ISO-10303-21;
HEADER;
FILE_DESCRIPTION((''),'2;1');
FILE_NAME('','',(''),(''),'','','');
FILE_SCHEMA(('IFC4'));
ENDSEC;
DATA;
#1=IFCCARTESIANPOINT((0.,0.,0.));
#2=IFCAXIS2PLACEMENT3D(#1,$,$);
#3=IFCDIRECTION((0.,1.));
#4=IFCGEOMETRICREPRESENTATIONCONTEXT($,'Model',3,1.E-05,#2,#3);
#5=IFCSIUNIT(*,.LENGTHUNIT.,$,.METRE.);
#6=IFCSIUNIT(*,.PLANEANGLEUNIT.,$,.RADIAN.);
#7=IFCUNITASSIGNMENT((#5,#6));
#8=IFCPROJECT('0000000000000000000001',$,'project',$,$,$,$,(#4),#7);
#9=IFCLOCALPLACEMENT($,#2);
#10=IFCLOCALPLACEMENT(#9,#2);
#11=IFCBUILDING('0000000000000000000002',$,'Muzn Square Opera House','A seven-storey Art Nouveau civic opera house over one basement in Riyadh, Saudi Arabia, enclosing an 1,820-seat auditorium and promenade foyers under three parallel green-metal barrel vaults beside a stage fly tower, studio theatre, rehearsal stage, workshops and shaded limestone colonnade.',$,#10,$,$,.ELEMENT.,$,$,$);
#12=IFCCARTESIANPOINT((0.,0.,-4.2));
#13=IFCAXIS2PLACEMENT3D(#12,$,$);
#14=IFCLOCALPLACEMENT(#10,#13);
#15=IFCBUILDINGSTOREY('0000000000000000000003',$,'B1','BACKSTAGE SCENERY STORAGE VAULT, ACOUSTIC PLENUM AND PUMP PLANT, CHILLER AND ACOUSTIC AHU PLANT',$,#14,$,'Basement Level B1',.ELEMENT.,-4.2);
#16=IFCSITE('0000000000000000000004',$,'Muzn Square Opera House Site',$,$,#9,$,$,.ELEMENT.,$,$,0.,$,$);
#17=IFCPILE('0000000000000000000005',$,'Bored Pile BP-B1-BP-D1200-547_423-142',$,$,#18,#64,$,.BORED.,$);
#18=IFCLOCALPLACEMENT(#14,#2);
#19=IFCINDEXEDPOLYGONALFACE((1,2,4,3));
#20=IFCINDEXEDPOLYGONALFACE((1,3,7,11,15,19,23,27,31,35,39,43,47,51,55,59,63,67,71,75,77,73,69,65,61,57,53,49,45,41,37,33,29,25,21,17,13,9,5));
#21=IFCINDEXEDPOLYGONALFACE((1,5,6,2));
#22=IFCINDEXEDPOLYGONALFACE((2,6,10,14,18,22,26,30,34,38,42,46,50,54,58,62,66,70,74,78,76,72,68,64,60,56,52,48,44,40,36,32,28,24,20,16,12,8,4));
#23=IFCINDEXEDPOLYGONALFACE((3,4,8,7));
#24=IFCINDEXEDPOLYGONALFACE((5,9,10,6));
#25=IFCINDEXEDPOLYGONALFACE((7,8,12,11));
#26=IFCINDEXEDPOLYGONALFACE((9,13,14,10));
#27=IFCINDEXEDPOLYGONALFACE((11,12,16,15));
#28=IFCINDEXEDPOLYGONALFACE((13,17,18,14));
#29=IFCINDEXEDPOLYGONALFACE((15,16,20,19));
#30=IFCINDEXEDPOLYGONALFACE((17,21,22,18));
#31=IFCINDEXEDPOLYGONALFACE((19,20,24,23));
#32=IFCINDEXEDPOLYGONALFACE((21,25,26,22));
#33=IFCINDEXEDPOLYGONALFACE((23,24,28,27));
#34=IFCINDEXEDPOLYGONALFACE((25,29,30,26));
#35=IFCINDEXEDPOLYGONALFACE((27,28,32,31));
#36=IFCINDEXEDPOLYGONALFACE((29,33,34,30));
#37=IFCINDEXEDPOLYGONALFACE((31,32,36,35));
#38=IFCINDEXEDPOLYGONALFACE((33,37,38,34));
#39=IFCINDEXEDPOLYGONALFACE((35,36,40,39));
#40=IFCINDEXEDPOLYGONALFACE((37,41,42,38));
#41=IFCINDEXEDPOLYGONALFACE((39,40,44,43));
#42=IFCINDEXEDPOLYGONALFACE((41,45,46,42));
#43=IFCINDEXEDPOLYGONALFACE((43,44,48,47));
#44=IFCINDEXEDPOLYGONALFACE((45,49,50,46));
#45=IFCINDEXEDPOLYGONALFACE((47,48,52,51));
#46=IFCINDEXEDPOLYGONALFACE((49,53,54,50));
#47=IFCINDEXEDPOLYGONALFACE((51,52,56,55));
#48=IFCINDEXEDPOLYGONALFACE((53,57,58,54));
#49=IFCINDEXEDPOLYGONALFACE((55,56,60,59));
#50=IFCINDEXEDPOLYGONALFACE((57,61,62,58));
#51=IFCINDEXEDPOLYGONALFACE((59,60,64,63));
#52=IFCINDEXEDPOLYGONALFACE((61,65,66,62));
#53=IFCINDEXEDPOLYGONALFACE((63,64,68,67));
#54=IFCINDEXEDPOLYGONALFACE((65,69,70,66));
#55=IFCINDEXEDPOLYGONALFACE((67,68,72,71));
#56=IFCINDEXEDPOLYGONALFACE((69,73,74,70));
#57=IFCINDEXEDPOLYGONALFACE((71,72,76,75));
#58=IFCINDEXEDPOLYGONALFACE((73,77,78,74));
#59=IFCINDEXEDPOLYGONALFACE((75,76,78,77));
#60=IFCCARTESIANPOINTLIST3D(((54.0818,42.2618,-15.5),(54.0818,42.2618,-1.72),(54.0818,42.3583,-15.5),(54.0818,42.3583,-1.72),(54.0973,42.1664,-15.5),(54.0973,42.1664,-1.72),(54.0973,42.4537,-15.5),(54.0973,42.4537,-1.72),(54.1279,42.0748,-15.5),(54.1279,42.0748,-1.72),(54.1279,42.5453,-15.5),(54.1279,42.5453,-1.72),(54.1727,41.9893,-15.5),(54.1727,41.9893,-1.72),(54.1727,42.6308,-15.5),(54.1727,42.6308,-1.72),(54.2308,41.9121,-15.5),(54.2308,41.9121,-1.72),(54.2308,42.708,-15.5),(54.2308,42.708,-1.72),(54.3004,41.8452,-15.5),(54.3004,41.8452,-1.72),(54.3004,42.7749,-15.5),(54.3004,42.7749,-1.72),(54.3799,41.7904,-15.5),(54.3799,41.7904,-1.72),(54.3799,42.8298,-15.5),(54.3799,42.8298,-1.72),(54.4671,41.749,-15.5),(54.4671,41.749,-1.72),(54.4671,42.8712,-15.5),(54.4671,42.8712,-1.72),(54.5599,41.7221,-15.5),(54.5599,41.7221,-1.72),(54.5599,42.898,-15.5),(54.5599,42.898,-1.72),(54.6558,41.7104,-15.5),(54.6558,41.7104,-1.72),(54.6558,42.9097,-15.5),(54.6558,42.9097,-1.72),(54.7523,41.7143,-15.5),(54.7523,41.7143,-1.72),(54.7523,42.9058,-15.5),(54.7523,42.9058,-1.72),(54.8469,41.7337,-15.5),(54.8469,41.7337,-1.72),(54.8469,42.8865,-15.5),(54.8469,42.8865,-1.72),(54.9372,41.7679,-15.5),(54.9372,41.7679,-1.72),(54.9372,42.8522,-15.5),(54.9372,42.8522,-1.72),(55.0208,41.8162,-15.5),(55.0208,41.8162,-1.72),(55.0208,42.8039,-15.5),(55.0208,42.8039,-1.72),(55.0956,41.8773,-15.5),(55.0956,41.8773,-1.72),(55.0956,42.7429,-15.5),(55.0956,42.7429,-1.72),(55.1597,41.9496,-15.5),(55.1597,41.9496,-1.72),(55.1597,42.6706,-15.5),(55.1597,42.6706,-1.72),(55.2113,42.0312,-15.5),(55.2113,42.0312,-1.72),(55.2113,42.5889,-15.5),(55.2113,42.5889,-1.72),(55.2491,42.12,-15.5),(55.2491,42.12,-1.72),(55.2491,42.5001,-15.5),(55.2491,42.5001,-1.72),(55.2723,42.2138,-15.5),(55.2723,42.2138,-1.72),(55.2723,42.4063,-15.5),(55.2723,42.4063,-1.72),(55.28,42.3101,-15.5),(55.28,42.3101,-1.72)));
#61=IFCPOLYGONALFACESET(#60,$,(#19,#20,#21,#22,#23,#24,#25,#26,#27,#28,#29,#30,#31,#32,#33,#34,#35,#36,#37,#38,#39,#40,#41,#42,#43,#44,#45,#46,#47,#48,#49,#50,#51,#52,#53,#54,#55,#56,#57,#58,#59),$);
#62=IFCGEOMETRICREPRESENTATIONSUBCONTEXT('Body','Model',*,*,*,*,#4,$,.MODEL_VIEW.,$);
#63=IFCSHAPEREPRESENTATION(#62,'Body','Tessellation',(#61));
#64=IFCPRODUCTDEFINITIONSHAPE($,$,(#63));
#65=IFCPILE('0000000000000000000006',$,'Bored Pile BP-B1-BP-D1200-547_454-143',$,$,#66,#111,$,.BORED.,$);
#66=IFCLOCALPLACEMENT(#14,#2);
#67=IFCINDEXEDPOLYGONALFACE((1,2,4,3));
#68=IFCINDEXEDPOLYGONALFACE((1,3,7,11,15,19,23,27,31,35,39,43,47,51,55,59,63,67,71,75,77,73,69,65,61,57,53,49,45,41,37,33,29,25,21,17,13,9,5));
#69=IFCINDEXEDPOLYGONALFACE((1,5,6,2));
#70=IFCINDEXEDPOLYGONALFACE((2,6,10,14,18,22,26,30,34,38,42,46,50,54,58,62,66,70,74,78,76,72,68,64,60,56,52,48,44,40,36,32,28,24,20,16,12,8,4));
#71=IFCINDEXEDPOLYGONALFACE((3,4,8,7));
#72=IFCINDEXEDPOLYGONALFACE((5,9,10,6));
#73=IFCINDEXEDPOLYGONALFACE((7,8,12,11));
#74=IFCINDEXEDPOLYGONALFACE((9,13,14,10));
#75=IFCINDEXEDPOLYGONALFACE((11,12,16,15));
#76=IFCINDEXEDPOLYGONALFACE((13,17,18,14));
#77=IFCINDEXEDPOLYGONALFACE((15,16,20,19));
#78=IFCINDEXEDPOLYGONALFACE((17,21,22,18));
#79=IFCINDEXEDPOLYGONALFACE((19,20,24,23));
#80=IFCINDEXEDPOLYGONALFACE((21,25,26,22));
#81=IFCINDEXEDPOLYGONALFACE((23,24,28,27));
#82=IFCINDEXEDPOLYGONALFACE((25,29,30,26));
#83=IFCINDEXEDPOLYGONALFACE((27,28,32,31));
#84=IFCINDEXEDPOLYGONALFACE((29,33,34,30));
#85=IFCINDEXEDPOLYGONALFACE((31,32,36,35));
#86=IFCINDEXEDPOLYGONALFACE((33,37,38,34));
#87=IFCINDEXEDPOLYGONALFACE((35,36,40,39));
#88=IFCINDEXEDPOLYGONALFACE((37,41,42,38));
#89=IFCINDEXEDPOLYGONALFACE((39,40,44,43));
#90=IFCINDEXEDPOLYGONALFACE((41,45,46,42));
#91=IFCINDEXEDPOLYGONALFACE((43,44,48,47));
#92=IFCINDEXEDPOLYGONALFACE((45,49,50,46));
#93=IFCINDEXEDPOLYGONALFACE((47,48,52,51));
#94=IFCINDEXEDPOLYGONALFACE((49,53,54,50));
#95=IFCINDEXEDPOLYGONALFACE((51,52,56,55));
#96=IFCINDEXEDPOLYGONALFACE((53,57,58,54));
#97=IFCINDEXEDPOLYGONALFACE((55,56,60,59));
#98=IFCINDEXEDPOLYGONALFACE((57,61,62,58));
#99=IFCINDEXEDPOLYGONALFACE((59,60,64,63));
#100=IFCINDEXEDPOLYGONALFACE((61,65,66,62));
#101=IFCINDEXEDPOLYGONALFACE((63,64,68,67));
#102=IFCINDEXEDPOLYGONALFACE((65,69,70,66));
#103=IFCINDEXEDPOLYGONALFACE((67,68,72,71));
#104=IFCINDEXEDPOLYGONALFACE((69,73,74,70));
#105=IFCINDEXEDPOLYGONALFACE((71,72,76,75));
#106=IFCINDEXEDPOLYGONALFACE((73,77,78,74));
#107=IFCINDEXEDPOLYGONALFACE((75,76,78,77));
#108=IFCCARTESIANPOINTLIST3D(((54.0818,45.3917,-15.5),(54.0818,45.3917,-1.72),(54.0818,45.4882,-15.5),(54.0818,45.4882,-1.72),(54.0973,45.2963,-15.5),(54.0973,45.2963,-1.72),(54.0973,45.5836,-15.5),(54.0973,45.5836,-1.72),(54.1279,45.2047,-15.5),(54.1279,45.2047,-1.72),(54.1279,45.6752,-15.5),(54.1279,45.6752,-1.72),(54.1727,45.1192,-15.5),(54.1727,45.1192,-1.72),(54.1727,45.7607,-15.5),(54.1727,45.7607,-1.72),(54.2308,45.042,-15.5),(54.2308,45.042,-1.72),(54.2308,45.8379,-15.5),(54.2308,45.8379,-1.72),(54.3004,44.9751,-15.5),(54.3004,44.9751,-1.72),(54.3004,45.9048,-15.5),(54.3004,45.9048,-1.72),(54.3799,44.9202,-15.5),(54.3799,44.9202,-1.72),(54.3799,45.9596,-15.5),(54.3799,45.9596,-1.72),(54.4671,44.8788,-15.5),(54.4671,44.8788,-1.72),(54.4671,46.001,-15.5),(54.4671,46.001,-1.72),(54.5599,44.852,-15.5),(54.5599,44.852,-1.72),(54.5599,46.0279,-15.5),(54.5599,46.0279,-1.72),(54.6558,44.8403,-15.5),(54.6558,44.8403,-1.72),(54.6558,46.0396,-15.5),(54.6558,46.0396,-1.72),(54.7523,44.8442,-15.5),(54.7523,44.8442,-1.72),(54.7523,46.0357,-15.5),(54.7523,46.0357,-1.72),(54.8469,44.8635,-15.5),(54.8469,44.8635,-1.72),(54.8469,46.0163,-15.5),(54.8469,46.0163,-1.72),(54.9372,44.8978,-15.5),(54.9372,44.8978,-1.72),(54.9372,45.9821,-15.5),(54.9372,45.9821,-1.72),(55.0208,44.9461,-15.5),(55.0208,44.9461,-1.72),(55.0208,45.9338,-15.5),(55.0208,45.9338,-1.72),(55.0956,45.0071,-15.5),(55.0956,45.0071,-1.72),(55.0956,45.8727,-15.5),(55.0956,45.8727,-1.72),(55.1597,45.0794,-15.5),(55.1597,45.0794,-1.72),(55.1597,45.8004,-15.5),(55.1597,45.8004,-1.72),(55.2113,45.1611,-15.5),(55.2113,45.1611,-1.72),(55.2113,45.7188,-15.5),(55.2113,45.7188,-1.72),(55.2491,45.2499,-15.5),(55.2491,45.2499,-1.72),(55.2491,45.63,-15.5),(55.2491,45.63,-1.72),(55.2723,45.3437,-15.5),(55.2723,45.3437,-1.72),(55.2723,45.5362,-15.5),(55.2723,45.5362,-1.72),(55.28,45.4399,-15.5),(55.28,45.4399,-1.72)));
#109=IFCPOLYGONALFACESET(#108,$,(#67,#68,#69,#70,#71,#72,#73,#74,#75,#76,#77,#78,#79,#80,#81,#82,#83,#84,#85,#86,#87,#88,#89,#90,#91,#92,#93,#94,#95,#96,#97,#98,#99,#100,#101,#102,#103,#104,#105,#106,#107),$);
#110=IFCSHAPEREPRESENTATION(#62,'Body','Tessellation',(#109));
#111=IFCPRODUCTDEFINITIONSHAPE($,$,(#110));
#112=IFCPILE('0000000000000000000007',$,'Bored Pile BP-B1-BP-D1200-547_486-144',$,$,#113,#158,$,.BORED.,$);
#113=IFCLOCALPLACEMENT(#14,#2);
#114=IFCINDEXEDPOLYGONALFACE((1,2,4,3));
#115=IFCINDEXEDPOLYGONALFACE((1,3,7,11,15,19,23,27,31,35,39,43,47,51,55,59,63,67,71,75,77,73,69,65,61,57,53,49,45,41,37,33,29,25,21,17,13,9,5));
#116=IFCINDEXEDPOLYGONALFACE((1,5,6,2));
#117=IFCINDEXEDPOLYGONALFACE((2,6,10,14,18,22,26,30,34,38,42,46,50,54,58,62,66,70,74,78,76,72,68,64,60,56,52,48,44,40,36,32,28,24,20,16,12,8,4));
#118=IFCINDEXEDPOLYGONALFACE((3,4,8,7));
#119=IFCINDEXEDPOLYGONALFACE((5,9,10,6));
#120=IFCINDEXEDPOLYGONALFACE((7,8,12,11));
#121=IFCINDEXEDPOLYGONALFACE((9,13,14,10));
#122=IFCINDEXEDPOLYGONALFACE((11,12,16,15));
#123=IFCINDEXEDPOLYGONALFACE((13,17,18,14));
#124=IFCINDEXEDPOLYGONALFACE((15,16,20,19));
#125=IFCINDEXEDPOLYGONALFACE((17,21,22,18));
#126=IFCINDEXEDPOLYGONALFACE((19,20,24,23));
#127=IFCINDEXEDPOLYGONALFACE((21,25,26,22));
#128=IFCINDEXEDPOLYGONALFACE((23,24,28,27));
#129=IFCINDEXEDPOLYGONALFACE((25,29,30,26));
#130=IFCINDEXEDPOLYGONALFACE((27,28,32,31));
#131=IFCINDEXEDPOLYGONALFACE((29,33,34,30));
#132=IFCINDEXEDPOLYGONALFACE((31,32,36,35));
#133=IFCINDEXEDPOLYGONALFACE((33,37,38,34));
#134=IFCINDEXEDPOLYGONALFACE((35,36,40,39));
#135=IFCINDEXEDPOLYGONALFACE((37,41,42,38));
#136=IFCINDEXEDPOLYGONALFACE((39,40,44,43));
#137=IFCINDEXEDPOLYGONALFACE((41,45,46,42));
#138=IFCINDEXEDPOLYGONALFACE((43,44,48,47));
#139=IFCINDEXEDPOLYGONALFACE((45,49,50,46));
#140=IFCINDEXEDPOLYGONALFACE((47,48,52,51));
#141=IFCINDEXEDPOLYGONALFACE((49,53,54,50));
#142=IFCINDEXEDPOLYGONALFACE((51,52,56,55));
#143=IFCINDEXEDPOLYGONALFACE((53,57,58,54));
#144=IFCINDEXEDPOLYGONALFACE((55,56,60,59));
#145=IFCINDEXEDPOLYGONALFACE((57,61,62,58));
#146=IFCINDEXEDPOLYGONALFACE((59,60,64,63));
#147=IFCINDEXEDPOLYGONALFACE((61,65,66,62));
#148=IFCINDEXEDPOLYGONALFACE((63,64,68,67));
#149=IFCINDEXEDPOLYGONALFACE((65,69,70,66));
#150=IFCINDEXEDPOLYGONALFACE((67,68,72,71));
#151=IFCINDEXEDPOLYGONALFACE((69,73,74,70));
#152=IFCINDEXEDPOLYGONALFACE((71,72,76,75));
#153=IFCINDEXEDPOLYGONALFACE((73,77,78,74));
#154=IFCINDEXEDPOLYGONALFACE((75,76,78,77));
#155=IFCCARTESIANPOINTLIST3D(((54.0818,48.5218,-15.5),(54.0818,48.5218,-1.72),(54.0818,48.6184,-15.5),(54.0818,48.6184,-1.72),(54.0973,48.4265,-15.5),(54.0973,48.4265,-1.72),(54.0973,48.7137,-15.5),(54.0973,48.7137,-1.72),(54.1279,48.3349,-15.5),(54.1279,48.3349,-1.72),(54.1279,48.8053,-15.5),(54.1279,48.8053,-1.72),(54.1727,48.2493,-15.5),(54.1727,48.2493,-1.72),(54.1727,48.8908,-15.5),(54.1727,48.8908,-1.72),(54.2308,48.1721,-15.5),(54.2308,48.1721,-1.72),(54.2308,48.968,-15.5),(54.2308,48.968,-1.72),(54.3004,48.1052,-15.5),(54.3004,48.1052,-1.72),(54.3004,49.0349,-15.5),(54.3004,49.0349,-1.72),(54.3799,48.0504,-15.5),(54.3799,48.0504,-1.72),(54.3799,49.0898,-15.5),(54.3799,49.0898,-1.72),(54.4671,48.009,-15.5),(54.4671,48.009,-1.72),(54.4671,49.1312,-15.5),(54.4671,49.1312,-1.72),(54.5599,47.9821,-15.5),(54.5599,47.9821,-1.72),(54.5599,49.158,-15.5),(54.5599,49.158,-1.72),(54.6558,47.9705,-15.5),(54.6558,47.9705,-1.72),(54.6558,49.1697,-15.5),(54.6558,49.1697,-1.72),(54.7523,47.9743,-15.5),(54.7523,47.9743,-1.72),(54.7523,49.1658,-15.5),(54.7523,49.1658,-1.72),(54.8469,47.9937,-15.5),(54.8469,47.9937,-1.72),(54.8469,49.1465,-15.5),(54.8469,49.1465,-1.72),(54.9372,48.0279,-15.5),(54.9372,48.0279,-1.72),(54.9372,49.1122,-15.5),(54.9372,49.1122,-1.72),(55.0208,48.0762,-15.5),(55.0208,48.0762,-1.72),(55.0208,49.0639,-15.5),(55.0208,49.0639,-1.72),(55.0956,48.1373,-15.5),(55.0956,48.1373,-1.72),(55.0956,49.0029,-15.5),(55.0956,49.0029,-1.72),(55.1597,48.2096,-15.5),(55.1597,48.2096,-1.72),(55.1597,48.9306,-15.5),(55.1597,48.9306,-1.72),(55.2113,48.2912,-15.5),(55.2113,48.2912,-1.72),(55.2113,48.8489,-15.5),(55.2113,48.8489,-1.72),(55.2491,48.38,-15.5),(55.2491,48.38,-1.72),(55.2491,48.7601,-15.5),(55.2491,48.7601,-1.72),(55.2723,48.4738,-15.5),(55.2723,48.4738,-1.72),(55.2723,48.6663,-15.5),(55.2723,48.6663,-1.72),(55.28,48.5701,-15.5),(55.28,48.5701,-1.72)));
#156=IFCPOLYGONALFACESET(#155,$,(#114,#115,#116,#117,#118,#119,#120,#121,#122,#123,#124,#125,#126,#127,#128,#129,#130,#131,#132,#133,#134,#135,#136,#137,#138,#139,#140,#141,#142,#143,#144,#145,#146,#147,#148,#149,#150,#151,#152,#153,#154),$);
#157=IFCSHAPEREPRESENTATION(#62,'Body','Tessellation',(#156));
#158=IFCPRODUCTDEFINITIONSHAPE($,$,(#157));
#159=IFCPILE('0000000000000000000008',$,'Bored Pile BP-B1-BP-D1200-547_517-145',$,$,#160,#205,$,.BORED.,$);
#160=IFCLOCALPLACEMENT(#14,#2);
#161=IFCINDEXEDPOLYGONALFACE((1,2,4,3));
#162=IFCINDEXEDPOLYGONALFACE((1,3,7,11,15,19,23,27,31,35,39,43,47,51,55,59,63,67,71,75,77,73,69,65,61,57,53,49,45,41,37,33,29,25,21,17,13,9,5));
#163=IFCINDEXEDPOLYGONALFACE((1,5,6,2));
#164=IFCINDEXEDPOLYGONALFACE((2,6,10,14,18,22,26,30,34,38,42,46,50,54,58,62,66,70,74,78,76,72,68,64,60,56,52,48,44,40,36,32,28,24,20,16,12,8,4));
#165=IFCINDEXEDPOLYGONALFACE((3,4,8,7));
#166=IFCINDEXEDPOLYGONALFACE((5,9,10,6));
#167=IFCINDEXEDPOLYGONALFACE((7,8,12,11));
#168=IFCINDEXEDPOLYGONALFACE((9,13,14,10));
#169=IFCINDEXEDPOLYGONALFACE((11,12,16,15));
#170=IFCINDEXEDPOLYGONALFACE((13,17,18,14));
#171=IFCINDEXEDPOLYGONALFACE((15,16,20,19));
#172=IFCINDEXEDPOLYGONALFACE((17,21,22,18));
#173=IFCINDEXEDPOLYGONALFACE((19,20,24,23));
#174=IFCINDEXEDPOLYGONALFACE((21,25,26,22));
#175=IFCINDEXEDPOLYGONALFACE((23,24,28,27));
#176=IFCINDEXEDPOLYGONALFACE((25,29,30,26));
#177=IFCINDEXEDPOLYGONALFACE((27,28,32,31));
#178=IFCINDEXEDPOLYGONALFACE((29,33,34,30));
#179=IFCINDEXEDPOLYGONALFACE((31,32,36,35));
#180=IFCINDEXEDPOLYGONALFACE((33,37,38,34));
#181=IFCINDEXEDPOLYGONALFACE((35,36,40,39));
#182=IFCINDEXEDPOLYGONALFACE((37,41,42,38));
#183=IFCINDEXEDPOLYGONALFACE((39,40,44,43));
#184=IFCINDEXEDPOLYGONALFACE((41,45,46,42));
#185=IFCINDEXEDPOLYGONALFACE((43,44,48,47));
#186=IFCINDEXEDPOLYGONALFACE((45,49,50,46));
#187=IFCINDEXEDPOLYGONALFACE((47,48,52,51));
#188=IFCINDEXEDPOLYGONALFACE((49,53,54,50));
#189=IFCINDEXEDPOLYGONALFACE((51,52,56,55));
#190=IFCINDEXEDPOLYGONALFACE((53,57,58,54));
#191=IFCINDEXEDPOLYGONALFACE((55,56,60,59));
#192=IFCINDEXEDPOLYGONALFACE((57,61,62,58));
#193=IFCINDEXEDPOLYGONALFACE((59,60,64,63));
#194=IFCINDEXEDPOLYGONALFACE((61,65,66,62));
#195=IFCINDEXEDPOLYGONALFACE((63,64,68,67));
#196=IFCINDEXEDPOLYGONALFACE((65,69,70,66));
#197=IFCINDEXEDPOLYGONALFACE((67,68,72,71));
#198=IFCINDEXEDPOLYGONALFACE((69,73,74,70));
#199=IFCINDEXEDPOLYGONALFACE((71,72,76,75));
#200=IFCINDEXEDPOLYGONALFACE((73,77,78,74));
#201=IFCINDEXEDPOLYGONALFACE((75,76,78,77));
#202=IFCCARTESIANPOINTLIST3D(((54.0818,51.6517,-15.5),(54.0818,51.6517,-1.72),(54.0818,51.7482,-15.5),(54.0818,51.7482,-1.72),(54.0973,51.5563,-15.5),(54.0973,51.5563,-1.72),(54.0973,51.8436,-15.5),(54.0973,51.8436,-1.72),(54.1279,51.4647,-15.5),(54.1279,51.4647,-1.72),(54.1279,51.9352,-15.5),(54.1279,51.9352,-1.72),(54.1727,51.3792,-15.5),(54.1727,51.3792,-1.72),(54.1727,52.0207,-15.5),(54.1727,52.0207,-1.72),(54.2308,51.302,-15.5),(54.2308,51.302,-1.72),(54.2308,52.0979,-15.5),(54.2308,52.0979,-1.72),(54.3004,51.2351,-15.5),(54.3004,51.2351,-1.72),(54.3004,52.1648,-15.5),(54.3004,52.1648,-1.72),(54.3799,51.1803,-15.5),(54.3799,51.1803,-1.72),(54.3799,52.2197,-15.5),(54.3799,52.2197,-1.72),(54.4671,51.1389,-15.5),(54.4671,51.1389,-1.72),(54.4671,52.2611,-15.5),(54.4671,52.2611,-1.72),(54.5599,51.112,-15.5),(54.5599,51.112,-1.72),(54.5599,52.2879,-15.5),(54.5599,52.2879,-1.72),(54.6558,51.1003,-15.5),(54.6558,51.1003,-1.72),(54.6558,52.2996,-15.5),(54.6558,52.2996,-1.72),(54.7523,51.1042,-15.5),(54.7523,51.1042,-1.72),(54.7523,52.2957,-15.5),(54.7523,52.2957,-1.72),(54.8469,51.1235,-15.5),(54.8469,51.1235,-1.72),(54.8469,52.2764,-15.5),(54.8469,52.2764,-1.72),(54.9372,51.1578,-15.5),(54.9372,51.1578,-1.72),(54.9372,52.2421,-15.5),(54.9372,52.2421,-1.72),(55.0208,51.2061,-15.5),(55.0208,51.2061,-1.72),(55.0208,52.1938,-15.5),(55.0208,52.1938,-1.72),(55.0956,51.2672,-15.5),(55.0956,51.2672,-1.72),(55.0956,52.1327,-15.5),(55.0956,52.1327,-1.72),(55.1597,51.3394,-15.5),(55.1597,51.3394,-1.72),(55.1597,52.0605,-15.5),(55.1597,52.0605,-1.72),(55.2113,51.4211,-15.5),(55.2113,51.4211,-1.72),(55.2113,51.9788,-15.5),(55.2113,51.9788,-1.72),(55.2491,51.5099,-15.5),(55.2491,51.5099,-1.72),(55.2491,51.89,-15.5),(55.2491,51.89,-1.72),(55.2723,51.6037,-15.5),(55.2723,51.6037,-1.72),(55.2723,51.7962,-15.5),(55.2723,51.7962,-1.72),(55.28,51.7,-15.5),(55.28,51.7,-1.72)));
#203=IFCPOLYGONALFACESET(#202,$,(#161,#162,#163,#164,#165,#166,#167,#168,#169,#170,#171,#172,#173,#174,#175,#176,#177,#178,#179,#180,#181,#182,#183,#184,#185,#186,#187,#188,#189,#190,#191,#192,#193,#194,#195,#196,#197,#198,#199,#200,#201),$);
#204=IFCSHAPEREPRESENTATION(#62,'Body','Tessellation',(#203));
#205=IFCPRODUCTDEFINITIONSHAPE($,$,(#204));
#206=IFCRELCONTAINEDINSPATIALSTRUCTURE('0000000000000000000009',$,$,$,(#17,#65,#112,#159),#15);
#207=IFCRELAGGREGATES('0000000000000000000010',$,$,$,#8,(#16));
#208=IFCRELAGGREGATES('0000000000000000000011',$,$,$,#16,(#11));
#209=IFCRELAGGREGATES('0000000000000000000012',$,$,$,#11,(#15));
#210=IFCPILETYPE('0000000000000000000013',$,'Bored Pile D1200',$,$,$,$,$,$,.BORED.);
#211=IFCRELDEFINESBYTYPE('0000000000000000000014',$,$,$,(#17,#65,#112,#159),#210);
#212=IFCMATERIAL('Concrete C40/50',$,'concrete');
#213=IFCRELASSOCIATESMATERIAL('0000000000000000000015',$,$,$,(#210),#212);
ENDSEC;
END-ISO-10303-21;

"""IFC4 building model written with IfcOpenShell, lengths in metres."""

from ifc_helpers import new_model, si_unit, direction, frame, origin, origin_2d, place, context, subcontext, project, spatial, circle, extrude, material, material_profile, profile_set, type_object, element, save


model = new_model("IFC4")

# Units and contexts
model_context = context("Model", 3, precision=1e-05, world=origin(), true_north=direction((0.0, 1.0)))
body_context = subcontext(model_context, "Body", "Model", "MODEL_VIEW")
ifc_project = project(units=[si_unit("LENGTHUNIT", "METRE"), si_unit("PLANEANGLEUNIT", "RADIAN")], contexts=[model_context])

# Site, building, storey
site_placement = place(None, origin())
site = spatial("IfcSite", under=ifc_project, at=site_placement, Name="Muzn Square Opera House Site", CompositionType="ELEMENT", RefElevation=0.0)
building_placement = place(site_placement, origin())
building = spatial("IfcBuilding", under=site, at=building_placement, Name="Muzn Square Opera House", Description="A seven-storey Art Nouveau civic opera house over one basement in Riyadh, Saudi Arabia, enclosing an 1,820-seat auditorium and promenade foyers under three parallel green-metal barrel vaults beside a stage fly tower, studio theatre, rehearsal stage, workshops and shaded limestone colonnade.", CompositionType="ELEMENT")
storey_placement = place(building_placement, frame((0.0, 0.0, -4.2)))
storey = spatial("IfcBuildingStorey", under=building, at=storey_placement, Name="B1", Description="BACKSTAGE SCENERY STORAGE VAULT, ACOUSTIC PLENUM AND PUMP PLANT, CHILLER AND ACOUSTIC AHU PLANT", LongName="Basement Level B1", CompositionType="ELEMENT", Elevation=-4.2)

# Piles
ifc_material = material(Name="Concrete C40/50", Category="concrete")
ifc_material_profile = material_profile(ifc_material, circle(Radius=0.6001, at=origin_2d()), Name="BORED PILE D1200", Category="concrete")
ifc_profile_set = profile_set([ifc_material_profile], Name="Concrete C40/50")
pile_type = type_object("IfcPileType", Name="Bored Pile D1200", PredefinedType="BORED", material=ifc_profile_set)
for number, where, z_axis, x_axis, name in (
    (1, (54.6799, 42.3101, -1.72), (0.0, 0.0, -1.0), (1.0, 0.0, 0.0), "Bored Pile BP-B1-BP-D1200-547_423-142"),
    (2, (54.6799, 45.4399, -1.72), (0.0, 0.0, -1.0), (1.0, 0.0, 0.0), "Bored Pile BP-B1-BP-D1200-547_454-143"),
    (3, (54.6799, 48.5701, -1.72), (0.0, 0.0, -1.0), (1.0, 0.0, 0.0), "Bored Pile BP-B1-BP-D1200-547_486-144"),
    (4, (54.6799, 51.7, -1.72), (0.0, 0.0, -1.0), (1.0, 0.0, 0.0), "Bored Pile BP-B1-BP-D1200-547_517-145"),
):
    element("IfcPile", number, at=place(storey_placement, frame(where, z_axis=z_axis, x_axis=x_axis)), inside=storey, type_object=pile_type, Name=name, PredefinedType="BORED", context=body_context, shape_type="SweptSolid", body=[
        extrude(circle(Radius=0.6001, at=origin_2d()), origin(), (0.0, 0.0, 1.0), 13.78),
    ])

save(model, "model.ifc")
